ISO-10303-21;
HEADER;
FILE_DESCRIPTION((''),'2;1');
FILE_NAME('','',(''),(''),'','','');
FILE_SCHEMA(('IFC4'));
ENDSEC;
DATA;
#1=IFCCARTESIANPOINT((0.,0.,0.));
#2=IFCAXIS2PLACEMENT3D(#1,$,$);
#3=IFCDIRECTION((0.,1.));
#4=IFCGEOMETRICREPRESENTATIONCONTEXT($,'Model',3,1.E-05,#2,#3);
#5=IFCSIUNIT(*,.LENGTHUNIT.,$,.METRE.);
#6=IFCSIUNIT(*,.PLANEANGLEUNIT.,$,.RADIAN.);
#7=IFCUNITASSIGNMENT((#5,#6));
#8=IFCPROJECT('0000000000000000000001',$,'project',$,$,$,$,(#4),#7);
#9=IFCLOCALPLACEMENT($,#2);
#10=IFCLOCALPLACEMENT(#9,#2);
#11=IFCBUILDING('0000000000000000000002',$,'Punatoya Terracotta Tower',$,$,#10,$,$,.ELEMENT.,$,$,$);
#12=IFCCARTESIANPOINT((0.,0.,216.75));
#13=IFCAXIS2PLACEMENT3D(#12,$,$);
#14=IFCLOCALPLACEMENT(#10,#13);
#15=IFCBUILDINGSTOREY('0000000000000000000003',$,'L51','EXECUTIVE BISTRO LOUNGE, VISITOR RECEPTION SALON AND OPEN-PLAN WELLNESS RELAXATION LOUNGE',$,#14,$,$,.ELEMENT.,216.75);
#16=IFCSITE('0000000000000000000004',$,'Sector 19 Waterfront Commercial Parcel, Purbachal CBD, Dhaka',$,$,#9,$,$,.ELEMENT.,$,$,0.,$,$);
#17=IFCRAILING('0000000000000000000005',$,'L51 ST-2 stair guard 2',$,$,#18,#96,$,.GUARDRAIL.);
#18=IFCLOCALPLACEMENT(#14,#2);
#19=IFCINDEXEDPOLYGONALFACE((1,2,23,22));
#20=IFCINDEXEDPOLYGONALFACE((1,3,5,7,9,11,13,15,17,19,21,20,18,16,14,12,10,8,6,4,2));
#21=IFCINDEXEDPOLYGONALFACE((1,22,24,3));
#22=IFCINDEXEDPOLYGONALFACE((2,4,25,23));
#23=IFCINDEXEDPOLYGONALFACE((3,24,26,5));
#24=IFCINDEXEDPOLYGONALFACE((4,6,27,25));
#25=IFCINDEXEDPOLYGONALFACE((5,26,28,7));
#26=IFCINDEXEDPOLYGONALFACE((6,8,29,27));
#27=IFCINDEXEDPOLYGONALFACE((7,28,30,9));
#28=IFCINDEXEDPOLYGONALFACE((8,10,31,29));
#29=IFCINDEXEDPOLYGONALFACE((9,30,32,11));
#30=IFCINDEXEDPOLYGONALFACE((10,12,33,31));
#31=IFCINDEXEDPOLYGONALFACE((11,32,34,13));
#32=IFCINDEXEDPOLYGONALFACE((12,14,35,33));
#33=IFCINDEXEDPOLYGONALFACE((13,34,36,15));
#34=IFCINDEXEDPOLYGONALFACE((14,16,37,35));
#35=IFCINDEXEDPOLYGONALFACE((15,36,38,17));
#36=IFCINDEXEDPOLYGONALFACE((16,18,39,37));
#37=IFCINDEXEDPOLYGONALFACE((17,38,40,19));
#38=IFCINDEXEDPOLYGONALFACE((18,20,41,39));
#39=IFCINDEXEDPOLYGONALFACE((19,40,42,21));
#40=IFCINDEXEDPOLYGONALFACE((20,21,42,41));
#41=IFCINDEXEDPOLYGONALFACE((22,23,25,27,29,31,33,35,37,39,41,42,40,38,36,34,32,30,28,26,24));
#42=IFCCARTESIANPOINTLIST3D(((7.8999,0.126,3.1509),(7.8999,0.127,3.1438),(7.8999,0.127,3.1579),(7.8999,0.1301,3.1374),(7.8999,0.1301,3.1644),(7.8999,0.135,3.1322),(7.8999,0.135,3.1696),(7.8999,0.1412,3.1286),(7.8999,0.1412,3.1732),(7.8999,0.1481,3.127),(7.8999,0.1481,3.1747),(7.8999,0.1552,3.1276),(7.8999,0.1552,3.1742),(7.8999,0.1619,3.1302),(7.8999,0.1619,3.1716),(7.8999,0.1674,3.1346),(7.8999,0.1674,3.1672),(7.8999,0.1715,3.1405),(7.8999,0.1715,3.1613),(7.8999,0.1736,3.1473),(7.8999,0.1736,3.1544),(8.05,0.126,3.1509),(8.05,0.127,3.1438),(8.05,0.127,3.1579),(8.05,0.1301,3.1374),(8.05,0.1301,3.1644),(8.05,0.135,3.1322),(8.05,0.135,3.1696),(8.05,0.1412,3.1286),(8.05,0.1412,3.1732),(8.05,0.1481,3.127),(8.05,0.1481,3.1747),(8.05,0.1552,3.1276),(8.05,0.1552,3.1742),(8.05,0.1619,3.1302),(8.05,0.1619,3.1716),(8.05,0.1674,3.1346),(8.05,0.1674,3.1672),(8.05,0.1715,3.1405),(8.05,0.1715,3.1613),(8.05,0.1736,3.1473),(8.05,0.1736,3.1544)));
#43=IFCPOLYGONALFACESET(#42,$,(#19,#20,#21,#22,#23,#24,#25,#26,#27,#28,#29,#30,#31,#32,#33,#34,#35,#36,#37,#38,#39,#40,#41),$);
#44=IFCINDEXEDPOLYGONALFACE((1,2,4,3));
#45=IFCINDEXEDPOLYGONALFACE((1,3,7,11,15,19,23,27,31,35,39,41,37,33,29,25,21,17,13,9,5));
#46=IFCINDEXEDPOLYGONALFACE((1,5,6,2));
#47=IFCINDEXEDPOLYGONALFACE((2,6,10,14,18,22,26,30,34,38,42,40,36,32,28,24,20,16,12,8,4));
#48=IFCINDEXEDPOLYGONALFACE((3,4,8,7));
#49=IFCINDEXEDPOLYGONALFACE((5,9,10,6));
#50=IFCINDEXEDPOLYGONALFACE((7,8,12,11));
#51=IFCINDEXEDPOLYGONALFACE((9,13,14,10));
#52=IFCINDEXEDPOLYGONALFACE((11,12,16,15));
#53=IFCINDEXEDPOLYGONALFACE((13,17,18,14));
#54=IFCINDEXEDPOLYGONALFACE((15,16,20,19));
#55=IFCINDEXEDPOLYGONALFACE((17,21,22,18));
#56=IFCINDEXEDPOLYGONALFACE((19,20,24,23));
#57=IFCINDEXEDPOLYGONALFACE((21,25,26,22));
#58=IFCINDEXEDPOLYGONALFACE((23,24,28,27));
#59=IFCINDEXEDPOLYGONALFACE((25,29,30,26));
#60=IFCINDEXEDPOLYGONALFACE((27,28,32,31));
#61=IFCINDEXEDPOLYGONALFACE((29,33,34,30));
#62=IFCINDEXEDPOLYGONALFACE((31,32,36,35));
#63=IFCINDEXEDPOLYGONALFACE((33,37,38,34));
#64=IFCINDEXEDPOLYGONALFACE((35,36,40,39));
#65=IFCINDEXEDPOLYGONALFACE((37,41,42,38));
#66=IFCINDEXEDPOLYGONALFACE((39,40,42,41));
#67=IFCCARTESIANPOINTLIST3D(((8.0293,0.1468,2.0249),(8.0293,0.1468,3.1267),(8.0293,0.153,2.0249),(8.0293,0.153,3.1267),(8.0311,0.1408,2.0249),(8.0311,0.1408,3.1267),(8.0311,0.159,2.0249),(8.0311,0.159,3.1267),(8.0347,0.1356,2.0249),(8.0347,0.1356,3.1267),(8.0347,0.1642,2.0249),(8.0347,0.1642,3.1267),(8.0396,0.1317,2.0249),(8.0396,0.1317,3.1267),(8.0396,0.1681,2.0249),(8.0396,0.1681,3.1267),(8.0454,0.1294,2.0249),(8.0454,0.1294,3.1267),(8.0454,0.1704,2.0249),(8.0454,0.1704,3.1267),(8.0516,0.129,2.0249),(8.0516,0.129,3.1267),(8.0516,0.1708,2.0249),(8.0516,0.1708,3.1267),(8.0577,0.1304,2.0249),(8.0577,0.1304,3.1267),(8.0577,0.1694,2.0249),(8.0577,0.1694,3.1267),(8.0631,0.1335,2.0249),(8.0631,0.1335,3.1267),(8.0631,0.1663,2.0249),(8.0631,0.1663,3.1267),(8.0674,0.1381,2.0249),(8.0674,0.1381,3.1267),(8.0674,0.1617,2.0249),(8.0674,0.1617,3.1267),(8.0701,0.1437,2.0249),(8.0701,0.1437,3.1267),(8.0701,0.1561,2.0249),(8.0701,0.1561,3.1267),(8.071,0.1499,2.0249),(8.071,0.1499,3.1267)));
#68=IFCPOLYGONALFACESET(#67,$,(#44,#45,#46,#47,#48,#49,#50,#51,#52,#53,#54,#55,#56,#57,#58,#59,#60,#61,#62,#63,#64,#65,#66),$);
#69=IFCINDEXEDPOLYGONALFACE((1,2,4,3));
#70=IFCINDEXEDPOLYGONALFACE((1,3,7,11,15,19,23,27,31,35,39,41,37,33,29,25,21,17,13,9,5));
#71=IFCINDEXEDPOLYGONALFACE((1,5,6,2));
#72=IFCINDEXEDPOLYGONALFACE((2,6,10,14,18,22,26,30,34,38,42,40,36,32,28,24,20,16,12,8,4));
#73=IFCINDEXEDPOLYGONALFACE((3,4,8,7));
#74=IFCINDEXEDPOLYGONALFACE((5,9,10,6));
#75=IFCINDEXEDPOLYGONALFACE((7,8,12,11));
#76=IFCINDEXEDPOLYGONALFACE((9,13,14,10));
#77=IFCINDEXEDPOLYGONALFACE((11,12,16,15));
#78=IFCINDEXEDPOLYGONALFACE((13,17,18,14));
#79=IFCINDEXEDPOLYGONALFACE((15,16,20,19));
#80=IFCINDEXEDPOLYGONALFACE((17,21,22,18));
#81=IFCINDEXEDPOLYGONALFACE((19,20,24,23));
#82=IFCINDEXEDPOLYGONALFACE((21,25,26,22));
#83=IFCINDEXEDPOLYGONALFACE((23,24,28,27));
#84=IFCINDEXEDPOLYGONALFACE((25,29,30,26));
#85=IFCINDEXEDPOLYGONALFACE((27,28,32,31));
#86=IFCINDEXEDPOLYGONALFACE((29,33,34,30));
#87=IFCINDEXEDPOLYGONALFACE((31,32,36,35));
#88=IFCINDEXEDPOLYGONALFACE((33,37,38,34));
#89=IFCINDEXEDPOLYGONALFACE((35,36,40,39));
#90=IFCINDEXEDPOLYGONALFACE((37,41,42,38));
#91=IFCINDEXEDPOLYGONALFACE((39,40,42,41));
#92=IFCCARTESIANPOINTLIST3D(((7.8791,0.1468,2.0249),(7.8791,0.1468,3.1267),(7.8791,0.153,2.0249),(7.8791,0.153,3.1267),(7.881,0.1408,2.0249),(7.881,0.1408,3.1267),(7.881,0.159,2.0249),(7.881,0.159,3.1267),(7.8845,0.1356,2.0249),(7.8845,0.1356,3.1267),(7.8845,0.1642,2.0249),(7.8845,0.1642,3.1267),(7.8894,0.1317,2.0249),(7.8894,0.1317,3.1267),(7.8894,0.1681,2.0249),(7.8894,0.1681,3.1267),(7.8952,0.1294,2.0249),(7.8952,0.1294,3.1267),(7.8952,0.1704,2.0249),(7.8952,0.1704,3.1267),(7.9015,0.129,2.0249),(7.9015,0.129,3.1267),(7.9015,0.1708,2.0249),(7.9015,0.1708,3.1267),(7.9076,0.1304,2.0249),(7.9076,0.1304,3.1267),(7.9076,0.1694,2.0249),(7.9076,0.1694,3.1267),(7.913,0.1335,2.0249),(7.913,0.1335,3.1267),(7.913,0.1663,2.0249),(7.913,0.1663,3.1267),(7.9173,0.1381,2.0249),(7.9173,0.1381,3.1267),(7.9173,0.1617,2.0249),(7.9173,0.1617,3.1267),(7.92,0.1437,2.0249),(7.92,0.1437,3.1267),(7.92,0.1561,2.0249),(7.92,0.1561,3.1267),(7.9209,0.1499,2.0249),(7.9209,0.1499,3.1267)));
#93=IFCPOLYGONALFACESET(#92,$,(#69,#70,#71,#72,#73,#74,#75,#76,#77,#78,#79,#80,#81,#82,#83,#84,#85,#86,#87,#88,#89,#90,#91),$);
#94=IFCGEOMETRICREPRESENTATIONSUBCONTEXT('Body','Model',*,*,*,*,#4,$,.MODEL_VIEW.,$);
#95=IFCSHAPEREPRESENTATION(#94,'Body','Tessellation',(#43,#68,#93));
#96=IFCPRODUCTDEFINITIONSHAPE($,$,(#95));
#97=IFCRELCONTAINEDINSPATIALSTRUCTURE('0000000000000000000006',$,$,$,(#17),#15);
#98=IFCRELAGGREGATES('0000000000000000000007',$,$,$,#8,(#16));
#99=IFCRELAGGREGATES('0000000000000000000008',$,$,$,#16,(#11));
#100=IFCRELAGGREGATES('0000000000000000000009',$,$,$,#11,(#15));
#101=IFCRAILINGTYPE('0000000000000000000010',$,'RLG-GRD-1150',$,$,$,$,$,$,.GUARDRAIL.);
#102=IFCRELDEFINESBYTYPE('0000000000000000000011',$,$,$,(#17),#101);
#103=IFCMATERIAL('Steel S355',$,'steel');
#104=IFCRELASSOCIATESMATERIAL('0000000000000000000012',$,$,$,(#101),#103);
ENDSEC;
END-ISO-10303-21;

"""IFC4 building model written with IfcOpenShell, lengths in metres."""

from ifc_helpers import new_model, si_unit, direction, frame, origin, origin_2d, place, context, subcontext, project, spatial, circle, extrude, material, type_object, element, save


model = new_model("IFC4")

# Units and contexts
model_context = context("Model", 3, precision=1e-05, world=origin(), true_north=direction((0.0, 1.0)))
body_context = subcontext(model_context, "Body", "Model", "MODEL_VIEW")
ifc_project = project(units=[si_unit("LENGTHUNIT", "METRE"), si_unit("PLANEANGLEUNIT", "RADIAN")], contexts=[model_context])

# Site, building, storey
site_placement = place(None, origin())
site = spatial("IfcSite", under=ifc_project, at=site_placement, Name="Sector 19 Waterfront Commercial Parcel, Purbachal CBD, Dhaka", CompositionType="ELEMENT", RefElevation=0.0)
building_placement = place(site_placement, origin())
building = spatial("IfcBuilding", under=site, at=building_placement, Name="Punatoya Terracotta Tower", CompositionType="ELEMENT")
storey_placement = place(building_placement, frame((0.0, 0.0, 216.75)))
storey = spatial("IfcBuildingStorey", under=building, at=storey_placement, Name="L51", Description="EXECUTIVE BISTRO LOUNGE, VISITOR RECEPTION SALON AND OPEN-PLAN WELLNESS RELAXATION LOUNGE", CompositionType="ELEMENT", Elevation=216.75)

# Shared definitions
ifc_material_1 = material(Name="Steel S355", Category="steel")

# Railing
railing_type_1 = type_object("IfcRailingType", Name="RLG-GRD-1150", PredefinedType="GUARDRAIL", material=ifc_material_1)
railing_1_placement = place(storey_placement, frame((8.05, 0.1499, 2.0249)))
element("IfcRailing", 1, at=railing_1_placement, inside=storey, type_object=railing_type_1, Name="L51 ST-2 stair guard 2", PredefinedType="GUARDRAIL", context=body_context, shape_type="SweptSolid", body=[
    extrude(circle(Radius=0.0239, at=origin_2d()), frame((0.0, 0.0, 1.126), z_axis=(-1.0, 0.0, 0.0), x_axis=(0.0, -1.0, 0.0)), (0.0, 0.0, 1.0), 0.1501),
    extrude(circle(Radius=0.021, at=origin_2d()), origin(), (0.0, 0.0, 1.0), 1.1018),
    extrude(circle(Radius=0.021, at=origin_2d()), frame((-0.1501, 0.0, 0.0)), (0.0, 0.0, 1.0), 1.1018),
])

save(model, "model.ifc")
